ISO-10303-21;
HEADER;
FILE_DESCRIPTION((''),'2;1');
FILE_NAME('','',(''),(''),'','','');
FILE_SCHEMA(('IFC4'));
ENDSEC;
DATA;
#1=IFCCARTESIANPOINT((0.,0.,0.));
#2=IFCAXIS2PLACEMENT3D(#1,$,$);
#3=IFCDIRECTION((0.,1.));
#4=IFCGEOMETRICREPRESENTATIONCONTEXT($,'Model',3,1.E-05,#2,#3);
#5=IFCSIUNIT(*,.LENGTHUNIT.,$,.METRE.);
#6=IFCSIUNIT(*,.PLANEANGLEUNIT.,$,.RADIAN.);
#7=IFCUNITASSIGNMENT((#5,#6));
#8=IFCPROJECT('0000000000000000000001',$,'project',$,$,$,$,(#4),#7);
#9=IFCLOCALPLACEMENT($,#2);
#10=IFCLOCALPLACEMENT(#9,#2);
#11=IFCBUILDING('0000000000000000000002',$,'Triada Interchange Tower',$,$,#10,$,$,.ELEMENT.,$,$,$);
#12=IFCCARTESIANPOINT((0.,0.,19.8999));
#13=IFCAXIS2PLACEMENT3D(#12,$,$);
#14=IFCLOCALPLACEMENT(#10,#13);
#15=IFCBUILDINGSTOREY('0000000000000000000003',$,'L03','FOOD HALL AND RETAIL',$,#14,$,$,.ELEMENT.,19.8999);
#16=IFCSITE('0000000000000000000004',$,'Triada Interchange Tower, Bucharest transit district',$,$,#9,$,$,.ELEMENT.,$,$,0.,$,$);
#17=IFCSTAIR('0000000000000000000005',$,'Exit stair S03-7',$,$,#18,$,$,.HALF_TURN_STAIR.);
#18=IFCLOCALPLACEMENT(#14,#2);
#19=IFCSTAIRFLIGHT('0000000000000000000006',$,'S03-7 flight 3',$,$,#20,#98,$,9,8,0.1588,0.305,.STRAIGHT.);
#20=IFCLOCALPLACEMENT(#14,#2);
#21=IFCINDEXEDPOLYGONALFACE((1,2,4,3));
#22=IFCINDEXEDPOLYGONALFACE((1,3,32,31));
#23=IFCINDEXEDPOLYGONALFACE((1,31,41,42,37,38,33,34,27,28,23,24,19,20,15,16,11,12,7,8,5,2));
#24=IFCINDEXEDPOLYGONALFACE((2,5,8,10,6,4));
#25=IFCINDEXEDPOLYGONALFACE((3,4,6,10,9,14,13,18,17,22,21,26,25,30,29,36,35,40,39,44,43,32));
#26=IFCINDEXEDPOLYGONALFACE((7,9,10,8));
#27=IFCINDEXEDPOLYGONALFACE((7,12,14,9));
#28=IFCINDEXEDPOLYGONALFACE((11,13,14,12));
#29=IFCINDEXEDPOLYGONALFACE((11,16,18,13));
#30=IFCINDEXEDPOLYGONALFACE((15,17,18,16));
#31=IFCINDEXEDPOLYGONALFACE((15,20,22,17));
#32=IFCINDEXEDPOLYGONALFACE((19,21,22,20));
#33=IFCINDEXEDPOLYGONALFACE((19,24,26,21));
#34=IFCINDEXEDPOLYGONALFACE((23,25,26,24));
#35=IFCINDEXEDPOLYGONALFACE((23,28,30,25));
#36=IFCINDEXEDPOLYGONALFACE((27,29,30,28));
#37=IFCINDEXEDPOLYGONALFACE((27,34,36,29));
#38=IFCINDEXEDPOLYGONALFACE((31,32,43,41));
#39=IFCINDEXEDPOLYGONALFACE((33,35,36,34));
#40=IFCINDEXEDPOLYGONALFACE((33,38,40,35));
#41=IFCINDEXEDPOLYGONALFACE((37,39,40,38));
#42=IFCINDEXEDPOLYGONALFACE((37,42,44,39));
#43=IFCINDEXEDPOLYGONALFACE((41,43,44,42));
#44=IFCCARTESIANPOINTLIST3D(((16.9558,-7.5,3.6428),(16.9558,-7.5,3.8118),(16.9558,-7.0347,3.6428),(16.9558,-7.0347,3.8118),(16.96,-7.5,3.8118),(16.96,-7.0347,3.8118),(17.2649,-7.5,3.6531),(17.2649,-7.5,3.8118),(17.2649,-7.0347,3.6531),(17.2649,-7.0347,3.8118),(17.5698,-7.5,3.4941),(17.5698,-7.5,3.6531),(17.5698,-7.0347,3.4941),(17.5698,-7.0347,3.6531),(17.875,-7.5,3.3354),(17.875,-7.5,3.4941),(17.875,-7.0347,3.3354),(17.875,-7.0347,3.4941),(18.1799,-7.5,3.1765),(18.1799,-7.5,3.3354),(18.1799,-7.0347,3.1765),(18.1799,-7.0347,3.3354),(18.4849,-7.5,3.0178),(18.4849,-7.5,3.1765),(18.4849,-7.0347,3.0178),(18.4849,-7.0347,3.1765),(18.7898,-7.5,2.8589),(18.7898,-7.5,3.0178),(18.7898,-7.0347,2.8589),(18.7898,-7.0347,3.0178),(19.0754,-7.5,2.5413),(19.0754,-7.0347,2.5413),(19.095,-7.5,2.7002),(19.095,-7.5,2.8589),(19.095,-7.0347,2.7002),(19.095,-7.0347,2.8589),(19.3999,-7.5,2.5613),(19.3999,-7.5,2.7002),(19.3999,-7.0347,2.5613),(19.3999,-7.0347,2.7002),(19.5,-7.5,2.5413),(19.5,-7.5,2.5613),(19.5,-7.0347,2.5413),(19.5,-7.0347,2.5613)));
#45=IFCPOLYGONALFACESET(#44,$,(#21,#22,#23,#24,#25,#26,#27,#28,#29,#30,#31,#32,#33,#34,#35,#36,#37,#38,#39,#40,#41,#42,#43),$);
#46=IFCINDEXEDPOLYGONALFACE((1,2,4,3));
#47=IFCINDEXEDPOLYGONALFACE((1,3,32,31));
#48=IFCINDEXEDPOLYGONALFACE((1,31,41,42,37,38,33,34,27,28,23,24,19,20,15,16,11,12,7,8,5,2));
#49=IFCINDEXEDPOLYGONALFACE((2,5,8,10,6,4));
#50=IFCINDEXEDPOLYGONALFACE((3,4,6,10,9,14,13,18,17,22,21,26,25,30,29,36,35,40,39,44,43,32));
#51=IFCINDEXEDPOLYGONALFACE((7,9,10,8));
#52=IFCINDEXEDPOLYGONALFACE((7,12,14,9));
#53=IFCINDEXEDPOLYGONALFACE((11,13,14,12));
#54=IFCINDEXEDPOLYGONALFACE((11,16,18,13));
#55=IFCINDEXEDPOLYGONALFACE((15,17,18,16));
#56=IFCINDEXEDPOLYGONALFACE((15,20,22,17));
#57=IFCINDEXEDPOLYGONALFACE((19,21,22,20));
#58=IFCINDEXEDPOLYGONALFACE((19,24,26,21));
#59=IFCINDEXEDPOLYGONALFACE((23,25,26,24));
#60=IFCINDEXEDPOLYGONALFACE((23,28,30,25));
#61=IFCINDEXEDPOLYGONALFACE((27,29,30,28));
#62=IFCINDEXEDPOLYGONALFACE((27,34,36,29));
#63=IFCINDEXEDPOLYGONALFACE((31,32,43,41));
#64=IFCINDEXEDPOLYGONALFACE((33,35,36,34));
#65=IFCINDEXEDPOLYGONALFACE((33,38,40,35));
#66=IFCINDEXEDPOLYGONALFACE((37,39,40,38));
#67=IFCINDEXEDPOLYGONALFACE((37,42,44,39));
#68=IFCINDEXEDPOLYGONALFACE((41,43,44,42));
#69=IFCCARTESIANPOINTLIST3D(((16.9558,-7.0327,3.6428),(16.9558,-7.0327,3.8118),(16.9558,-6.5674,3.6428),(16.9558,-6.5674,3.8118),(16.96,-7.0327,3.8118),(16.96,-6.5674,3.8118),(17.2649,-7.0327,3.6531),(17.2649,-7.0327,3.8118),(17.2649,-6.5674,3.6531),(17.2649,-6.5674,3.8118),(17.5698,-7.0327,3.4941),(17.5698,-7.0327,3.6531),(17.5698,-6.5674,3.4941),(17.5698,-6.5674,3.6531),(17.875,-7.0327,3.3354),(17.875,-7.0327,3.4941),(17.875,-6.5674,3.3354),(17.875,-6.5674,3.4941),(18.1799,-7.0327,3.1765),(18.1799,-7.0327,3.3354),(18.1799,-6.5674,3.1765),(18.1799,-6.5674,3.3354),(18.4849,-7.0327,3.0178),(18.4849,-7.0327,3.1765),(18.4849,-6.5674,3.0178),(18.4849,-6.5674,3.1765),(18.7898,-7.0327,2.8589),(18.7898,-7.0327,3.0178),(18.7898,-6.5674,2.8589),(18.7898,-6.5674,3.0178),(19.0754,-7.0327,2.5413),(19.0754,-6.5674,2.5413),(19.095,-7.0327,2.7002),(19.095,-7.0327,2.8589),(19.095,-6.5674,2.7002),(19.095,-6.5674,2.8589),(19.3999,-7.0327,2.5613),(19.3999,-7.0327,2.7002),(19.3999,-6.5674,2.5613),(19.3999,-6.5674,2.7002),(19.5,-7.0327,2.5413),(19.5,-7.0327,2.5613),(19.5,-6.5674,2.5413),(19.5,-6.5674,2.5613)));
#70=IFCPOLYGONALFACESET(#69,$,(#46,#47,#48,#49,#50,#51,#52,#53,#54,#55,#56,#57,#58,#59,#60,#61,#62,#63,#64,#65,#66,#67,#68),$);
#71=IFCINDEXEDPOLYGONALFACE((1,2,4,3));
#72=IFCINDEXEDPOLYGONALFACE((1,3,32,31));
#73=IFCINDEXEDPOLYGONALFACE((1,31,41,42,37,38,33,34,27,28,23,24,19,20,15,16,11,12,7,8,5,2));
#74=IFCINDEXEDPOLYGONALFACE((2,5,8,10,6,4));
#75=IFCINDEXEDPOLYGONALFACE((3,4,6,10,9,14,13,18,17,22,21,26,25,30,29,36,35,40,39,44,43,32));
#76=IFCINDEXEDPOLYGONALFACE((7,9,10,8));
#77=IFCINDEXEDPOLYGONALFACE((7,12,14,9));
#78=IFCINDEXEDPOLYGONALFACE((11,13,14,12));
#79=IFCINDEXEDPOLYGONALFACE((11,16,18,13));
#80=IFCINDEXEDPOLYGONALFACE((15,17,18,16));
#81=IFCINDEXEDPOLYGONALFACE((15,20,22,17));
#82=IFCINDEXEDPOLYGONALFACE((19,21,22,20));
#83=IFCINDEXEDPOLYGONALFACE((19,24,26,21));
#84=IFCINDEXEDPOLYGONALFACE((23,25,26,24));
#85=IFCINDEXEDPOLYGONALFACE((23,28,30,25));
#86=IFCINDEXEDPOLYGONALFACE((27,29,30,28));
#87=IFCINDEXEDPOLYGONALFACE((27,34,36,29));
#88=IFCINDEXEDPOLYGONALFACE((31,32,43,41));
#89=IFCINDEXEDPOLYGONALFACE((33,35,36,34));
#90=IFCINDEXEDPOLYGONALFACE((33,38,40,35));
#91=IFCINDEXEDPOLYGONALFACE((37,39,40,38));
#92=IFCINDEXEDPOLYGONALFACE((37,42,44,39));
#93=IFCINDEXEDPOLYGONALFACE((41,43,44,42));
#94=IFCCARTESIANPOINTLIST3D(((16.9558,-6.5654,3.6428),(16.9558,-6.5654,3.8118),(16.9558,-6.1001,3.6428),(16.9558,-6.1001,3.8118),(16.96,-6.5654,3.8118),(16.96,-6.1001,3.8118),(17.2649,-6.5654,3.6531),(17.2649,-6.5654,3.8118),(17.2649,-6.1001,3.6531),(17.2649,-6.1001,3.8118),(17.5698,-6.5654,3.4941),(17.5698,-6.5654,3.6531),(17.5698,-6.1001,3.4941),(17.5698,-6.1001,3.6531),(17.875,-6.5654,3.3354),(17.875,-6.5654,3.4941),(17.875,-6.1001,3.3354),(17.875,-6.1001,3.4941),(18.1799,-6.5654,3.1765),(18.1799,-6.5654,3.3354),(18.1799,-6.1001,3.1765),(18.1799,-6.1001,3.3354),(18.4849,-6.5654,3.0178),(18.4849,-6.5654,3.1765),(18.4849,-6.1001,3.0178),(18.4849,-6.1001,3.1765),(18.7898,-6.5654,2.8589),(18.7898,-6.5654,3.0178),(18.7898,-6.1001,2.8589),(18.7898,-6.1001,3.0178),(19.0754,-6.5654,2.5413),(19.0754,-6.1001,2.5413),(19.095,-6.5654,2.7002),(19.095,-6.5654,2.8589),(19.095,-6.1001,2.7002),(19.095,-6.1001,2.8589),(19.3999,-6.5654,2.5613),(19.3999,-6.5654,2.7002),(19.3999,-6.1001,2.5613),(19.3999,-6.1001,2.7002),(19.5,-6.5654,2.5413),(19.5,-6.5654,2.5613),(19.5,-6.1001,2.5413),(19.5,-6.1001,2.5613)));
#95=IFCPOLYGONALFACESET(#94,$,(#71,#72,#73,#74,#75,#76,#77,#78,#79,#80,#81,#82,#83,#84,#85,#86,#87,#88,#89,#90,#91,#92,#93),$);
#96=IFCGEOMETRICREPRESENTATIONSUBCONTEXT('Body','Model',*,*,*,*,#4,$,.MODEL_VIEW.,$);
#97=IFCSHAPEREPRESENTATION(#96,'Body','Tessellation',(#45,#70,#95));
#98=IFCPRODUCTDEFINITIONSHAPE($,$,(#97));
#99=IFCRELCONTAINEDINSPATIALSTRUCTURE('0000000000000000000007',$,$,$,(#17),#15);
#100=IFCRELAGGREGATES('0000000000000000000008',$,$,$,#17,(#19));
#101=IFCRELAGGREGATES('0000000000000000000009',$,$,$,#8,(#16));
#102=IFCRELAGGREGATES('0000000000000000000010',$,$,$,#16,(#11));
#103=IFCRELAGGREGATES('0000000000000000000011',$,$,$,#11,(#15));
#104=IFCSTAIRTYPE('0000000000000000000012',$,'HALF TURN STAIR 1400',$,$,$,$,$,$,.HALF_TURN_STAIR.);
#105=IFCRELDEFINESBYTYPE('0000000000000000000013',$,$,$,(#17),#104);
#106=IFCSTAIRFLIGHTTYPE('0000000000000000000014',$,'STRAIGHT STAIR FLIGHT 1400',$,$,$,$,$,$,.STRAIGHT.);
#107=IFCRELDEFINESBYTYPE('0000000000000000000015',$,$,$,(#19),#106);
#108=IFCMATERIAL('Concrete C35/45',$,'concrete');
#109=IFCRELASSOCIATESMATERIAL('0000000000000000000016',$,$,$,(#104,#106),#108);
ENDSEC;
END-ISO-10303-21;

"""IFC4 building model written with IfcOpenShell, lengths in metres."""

from ifc_helpers import new_model, si_unit, direction, frame, origin, place, context, subcontext, project, spatial, polyline, outline, extrude, material, type_object, element, aggregate, save


model = new_model("IFC4")

# Units and contexts
model_context = context("Model", 3, precision=1e-05, world=origin(), true_north=direction((0.0, 1.0)))
body_context = subcontext(model_context, "Body", "Model", "MODEL_VIEW")
ifc_project = project(units=[si_unit("LENGTHUNIT", "METRE"), si_unit("PLANEANGLEUNIT", "RADIAN")], contexts=[model_context])

# Site, building, storey
site_placement = place(None, origin())
site = spatial("IfcSite", under=ifc_project, at=site_placement, Name="Triada Interchange Tower, Bucharest transit district", CompositionType="ELEMENT", RefElevation=0.0)
building_placement = place(site_placement, origin())
building = spatial("IfcBuilding", under=site, at=building_placement, Name="Triada Interchange Tower", CompositionType="ELEMENT")
storey_placement = place(building_placement, frame((0.0, 0.0, 19.8999)))
storey = spatial("IfcBuildingStorey", under=building, at=storey_placement, Name="L03", Description="FOOD HALL AND RETAIL", CompositionType="ELEMENT", Elevation=19.8999)

# Shared definitions
ifc_material_1 = material(Name="Concrete C35/45", Category="concrete")

# Stair, stair flight
stair_type = type_object("IfcStairType", Name="HALF TURN STAIR 1400", PredefinedType="HALF_TURN_STAIR", material=ifc_material_1)
stair_placement = place(storey_placement, origin())
stair = element("IfcStair", 1, at=stair_placement, inside=storey, type_object=stair_type, Name="Exit stair S03-7", PredefinedType="HALF_TURN_STAIR")
stair_flight_type = type_object("IfcStairFlightType", Name="STRAIGHT STAIR FLIGHT 1400", PredefinedType="STRAIGHT", material=ifc_material_1)
stair_flight_1_placement = place(storey_placement, frame((19.3999, -6.8, 2.5413), z_axis=(0.0, 0.0, 1.0), x_axis=(-1.0, 0.0, 0.0)))
stair_flight_1 = element("IfcStairFlight", 2, at=stair_flight_1_placement, type_object=stair_flight_type, Name="S03-7 flight 3", NumberOfRisers=9, NumberOfTreads=8, PredefinedType="STRAIGHT", RiserHeight=0.1588, TreadLength=0.305, context=body_context, shape_type="SweptSolid", body=[
    extrude(outline(polyline([(-0.1001, 0.0), (-0.1001, 0.02), (0.0, 0.02), (0.0, 0.1589), (0.3049, 0.1589), (0.3049, 0.3176), (0.6101, 0.3176), (0.6101, 0.4766), (0.915, 0.4766), (0.915, 0.6353), (1.22, 0.6353), (1.22, 0.7942), (1.5249, 0.7942), (1.5249, 0.9529), (1.8301, 0.9529), (1.8301, 1.1118), (2.135, 1.1118), (2.135, 1.2705), (2.4399, 1.2705), (2.4441, 1.2705), (2.4441, 1.4294), (2.4441, 1.1016), (0.3245, 0.0), (-0.1001, 0.0)])), frame((0.0, 0.7, 0.0), z_axis=(0.0, -1.0, 0.0), x_axis=(1.0, 0.0, 0.0)), (0.0, 0.0, 1.0), 0.4653),
    extrude(outline(polyline([(-0.1001, 0.0), (-0.1001, 0.02), (0.0, 0.02), (0.0, 0.1589), (0.3049, 0.1589), (0.3049, 0.3176), (0.6101, 0.3176), (0.6101, 0.4766), (0.915, 0.4766), (0.915, 0.6353), (1.22, 0.6353), (1.22, 0.7942), (1.5249, 0.7942), (1.5249, 0.9529), (1.8301, 0.9529), (1.8301, 1.1118), (2.135, 1.1118), (2.135, 1.2705), (2.4399, 1.2705), (2.4441, 1.2705), (2.4441, 1.4294), (2.4441, 1.1016), (0.3245, 0.0), (-0.1001, 0.0)])), frame((0.0, 0.2327, 0.0), z_axis=(0.0, -1.0, 0.0), x_axis=(1.0, 0.0, 0.0)), (0.0, 0.0, 1.0), 0.4653),
    extrude(outline(polyline([(-0.1001, 0.0), (-0.1001, 0.02), (0.0, 0.02), (0.0, 0.1589), (0.3049, 0.1589), (0.3049, 0.3176), (0.6101, 0.3176), (0.6101, 0.4766), (0.915, 0.4766), (0.915, 0.6353), (1.22, 0.6353), (1.22, 0.7942), (1.5249, 0.7942), (1.5249, 0.9529), (1.8301, 0.9529), (1.8301, 1.1118), (2.135, 1.1118), (2.135, 1.2705), (2.4399, 1.2705), (2.4441, 1.2705), (2.4441, 1.4294), (2.4441, 1.1016), (0.3245, 0.0), (-0.1001, 0.0)])), frame((0.0, -0.2346, 0.0), z_axis=(0.0, -1.0, 0.0), x_axis=(1.0, 0.0, 0.0)), (0.0, 0.0, 1.0), 0.4653),
])
aggregate(stair, [stair_flight_1])

save(model, "model.ifc")
